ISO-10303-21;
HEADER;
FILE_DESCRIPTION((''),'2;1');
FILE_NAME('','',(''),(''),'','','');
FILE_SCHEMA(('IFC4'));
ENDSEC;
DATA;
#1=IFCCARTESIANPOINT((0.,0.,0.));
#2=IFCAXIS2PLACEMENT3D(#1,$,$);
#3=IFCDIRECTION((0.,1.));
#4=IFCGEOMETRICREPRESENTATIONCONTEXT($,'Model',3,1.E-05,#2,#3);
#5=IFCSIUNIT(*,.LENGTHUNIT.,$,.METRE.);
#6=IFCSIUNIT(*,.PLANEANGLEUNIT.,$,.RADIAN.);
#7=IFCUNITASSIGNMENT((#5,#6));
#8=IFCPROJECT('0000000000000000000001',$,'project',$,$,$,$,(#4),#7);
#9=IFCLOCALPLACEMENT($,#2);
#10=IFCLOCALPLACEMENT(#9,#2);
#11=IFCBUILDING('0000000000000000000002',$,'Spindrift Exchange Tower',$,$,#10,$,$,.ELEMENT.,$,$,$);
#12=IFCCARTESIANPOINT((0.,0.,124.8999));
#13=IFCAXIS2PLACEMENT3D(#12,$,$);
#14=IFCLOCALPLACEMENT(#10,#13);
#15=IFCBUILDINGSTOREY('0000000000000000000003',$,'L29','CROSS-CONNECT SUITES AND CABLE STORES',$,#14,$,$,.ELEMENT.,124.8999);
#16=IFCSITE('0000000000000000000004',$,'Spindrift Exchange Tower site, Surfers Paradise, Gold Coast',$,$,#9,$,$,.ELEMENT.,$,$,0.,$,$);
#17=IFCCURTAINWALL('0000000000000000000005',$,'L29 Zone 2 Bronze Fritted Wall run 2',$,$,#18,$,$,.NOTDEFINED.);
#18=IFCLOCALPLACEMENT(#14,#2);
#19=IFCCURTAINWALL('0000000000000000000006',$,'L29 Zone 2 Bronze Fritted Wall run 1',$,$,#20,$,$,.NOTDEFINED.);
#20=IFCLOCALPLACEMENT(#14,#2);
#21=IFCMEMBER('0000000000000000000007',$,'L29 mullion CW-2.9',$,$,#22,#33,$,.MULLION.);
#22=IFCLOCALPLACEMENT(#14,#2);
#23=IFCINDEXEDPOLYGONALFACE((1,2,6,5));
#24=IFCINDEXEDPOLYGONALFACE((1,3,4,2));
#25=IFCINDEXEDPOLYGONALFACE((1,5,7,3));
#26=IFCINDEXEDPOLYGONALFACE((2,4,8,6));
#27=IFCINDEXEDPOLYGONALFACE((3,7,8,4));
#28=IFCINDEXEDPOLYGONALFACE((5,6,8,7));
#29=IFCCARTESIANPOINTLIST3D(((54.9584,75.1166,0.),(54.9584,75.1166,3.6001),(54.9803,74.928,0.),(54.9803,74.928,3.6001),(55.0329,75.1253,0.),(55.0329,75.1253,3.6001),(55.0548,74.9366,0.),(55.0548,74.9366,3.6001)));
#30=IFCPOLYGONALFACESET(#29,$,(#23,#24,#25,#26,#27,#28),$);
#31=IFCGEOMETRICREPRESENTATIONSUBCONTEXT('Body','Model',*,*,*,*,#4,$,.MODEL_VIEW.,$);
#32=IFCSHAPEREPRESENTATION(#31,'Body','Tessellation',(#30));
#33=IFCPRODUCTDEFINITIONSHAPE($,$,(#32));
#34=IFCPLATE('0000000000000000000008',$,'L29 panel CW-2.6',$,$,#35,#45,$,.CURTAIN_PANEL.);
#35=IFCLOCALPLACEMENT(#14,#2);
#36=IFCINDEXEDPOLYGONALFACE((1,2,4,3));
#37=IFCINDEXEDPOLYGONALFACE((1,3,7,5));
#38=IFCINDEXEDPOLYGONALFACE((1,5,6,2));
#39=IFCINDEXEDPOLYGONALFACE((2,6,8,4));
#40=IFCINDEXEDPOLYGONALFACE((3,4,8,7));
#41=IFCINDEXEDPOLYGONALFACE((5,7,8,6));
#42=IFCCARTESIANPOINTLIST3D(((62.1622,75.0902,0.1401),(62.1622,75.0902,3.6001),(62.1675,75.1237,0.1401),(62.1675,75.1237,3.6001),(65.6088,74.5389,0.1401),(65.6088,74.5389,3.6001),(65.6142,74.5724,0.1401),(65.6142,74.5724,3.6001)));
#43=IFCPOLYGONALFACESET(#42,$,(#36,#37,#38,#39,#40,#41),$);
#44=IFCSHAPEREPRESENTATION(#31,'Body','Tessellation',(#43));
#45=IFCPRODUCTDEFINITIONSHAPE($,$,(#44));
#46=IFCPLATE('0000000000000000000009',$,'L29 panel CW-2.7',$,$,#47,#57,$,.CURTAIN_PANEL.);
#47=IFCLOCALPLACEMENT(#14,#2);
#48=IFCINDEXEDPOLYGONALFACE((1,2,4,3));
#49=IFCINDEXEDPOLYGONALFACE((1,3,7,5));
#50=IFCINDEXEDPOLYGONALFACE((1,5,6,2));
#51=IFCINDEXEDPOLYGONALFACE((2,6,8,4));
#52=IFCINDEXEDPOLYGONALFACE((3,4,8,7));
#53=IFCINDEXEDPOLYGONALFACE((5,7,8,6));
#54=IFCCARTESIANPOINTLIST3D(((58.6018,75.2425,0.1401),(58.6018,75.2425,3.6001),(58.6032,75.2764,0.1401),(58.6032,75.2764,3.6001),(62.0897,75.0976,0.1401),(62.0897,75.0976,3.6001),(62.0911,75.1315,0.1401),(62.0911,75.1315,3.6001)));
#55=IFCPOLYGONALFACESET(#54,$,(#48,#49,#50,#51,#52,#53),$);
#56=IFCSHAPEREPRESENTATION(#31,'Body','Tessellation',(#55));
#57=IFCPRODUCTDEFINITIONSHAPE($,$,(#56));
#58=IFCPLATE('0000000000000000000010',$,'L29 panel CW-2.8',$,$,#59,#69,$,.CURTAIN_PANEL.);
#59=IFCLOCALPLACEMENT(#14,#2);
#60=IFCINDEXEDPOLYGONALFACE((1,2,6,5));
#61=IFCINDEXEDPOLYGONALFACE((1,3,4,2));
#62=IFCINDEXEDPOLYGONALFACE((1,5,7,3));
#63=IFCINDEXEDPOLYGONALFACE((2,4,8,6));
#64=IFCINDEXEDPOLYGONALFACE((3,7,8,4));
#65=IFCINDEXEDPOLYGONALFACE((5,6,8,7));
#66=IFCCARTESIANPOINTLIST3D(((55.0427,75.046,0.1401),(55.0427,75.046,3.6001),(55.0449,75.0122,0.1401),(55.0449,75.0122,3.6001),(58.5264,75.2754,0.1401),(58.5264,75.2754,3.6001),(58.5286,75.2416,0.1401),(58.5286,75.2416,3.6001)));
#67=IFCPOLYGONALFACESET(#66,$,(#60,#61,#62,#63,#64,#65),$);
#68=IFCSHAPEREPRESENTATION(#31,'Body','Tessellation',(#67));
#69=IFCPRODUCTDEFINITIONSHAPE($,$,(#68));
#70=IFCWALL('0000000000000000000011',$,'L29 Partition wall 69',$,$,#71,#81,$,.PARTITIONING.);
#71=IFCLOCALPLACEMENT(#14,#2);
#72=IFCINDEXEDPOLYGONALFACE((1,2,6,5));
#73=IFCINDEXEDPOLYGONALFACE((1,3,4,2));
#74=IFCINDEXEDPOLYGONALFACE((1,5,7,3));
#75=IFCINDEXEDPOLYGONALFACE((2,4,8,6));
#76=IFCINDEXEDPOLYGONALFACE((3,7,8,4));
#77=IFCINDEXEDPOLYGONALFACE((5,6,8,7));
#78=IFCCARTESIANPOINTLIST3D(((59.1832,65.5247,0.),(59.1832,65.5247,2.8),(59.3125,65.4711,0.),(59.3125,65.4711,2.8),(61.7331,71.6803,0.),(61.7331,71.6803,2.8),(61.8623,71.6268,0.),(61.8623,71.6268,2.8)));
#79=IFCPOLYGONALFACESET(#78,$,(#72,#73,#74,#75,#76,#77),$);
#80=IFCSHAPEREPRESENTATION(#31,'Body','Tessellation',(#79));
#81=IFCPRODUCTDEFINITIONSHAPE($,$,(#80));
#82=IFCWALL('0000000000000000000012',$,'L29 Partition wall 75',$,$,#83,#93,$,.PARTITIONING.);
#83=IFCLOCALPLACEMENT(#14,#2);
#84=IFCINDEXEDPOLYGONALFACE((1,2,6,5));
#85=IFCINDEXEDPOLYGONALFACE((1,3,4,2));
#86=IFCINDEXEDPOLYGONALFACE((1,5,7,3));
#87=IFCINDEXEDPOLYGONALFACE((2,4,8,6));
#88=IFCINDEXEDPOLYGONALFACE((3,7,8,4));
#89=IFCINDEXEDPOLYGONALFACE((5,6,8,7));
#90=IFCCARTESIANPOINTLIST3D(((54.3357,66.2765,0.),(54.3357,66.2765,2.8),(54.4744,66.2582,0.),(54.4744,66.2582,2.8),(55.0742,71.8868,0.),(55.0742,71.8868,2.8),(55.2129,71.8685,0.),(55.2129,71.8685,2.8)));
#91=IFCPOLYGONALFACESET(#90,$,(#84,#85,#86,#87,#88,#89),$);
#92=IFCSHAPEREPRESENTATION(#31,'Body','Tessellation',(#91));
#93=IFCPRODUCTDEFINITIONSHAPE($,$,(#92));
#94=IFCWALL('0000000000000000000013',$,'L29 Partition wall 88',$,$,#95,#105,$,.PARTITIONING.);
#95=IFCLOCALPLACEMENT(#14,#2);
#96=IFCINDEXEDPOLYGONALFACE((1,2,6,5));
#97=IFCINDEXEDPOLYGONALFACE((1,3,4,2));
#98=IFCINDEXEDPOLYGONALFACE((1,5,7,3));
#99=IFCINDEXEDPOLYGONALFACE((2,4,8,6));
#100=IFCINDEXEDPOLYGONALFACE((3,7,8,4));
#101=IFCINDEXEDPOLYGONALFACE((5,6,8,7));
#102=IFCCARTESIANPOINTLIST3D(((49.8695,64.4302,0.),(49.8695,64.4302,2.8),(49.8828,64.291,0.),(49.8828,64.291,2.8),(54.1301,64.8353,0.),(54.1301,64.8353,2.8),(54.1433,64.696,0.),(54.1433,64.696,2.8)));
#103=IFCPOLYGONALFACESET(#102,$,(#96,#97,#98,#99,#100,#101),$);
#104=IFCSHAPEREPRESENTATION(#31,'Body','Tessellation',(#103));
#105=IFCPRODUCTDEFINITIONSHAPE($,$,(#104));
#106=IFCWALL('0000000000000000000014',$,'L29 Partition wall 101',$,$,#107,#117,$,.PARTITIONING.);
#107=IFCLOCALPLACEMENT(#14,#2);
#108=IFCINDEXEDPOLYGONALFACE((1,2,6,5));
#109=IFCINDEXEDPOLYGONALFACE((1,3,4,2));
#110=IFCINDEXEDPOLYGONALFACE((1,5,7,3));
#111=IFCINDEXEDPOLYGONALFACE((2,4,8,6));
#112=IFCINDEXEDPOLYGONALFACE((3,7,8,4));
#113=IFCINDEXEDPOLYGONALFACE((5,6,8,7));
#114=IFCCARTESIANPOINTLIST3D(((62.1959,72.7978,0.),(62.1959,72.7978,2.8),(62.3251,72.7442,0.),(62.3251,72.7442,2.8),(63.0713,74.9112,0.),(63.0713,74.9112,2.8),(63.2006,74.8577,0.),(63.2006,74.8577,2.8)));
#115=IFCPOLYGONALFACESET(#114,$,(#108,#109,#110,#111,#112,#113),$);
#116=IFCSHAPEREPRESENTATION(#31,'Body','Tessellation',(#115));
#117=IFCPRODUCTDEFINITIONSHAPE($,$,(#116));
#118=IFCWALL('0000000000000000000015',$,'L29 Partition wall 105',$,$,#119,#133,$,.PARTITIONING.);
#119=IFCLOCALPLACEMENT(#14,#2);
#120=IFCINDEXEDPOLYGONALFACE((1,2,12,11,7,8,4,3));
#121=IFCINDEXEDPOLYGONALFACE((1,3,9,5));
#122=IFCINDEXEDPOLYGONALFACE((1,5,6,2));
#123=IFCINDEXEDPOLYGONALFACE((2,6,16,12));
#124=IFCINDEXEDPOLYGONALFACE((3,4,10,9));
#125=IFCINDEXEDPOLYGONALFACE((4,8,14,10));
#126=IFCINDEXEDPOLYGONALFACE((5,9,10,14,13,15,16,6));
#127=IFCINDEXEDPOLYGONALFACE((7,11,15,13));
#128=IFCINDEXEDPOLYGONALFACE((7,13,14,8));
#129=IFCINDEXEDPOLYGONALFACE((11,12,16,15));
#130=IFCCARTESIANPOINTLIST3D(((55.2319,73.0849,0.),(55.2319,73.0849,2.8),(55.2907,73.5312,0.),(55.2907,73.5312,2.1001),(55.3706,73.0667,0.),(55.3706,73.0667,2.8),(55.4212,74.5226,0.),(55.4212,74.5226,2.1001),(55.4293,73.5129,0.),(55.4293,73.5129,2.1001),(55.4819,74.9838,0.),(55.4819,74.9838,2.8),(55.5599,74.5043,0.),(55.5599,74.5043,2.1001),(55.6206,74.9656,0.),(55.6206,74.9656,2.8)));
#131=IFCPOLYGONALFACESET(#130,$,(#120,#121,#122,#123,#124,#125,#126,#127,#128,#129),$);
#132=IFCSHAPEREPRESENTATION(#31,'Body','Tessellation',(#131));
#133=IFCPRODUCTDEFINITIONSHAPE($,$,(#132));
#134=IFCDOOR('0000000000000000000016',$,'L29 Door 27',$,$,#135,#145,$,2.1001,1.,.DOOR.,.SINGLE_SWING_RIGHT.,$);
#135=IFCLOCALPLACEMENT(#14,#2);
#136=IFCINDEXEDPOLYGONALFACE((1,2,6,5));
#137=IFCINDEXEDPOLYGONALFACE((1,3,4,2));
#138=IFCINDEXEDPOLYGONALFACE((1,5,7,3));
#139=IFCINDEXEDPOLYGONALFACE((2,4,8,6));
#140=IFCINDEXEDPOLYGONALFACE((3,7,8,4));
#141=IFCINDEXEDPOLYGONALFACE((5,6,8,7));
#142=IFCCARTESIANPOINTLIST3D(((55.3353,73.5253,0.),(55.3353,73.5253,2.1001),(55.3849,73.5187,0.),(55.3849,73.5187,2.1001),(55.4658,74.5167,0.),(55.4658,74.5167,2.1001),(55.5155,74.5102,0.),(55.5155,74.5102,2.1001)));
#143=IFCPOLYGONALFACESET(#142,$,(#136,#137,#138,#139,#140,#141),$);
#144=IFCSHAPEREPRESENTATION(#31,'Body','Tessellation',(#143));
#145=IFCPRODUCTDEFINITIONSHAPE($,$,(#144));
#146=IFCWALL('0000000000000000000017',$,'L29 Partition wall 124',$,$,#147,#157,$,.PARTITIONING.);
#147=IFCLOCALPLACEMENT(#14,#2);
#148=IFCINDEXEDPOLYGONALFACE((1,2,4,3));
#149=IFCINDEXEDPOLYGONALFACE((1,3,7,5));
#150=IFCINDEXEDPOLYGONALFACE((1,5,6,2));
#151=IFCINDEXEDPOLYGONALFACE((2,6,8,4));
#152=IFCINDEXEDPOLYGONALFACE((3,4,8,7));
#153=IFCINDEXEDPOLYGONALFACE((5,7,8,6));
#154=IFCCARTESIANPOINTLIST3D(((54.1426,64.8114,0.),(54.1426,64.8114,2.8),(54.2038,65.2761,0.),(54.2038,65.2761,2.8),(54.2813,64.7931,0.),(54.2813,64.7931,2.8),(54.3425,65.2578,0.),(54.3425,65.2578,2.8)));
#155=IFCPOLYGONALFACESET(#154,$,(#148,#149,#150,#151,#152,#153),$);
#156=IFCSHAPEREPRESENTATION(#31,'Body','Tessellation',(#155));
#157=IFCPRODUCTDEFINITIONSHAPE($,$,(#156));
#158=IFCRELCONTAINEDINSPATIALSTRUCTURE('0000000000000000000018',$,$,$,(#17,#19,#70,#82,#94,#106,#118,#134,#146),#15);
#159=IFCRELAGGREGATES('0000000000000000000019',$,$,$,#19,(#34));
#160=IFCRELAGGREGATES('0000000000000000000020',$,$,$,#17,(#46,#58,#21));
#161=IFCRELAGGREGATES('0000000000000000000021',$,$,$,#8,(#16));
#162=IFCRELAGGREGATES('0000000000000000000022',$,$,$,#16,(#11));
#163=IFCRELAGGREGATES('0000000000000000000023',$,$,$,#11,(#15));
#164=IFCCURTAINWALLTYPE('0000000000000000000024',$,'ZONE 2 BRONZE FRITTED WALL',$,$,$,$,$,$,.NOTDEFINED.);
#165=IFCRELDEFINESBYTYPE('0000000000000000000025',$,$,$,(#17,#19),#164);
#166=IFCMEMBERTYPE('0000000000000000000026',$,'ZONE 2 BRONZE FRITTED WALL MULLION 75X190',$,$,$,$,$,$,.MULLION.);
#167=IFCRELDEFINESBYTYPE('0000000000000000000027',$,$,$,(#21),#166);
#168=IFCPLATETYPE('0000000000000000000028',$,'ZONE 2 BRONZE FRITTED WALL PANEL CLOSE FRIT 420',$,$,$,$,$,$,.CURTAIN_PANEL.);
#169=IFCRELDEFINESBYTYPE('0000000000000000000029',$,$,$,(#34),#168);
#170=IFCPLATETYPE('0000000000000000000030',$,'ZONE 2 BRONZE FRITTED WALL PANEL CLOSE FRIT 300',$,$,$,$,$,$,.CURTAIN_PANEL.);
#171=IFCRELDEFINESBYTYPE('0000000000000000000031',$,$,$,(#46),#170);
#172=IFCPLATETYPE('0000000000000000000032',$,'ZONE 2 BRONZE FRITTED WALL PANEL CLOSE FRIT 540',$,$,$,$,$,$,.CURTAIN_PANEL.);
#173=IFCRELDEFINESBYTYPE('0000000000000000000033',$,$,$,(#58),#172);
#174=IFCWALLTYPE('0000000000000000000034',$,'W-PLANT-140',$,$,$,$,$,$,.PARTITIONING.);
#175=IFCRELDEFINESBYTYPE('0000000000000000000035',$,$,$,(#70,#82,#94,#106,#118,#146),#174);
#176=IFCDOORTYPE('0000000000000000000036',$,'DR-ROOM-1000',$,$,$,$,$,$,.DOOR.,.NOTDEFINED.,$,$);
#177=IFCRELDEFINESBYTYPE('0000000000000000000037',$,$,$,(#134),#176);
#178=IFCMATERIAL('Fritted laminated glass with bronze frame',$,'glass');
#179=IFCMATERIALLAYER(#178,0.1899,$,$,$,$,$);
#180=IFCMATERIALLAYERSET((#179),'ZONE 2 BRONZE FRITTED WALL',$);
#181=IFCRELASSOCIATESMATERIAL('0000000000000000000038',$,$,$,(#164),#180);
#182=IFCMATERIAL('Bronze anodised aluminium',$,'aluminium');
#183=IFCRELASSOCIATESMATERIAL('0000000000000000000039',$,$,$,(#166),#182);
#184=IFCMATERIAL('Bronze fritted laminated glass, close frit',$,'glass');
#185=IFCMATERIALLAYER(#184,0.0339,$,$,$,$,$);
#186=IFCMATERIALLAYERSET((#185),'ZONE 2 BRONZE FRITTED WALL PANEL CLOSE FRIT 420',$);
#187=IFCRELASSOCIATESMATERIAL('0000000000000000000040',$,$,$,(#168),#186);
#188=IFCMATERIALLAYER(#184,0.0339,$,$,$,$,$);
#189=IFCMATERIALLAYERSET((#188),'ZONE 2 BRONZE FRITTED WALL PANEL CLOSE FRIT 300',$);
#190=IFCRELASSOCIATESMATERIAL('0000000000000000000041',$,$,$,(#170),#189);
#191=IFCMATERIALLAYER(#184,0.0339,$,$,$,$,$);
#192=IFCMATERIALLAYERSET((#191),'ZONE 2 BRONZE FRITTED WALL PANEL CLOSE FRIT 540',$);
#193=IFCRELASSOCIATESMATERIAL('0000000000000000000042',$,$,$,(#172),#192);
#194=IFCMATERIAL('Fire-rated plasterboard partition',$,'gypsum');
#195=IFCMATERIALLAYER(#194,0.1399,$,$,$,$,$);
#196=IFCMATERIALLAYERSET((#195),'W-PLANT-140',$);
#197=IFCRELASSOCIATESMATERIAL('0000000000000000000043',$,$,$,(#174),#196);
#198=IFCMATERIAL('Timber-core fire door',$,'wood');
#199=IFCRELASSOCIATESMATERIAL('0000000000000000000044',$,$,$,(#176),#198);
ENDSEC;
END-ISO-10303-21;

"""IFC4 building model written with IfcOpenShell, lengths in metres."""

from ifc_helpers import new_model, si_unit, direction, frame, frame_2d, origin, origin_2d, place, context, subcontext, project, spatial, rectangle, extrude, source, transform, mapped, material, layer, layer_set, material_profile, profile_set, type_object, element, fill, aggregate, save


model = new_model("IFC4")

# Units and contexts
model_context = context("Model", 3, precision=1e-05, world=origin(), true_north=direction((0.0, 1.0)))
body_context = subcontext(model_context, "Body", "Model", "MODEL_VIEW")
ifc_project = project(units=[si_unit("LENGTHUNIT", "METRE"), si_unit("PLANEANGLEUNIT", "RADIAN")], contexts=[model_context])

# Site, building, storey
site_placement = place(None, origin())
site = spatial("IfcSite", under=ifc_project, at=site_placement, Name="Spindrift Exchange Tower site, Surfers Paradise, Gold Coast", CompositionType="ELEMENT", RefElevation=0.0)
building_placement = place(site_placement, origin())
building = spatial("IfcBuilding", under=site, at=building_placement, Name="Spindrift Exchange Tower", CompositionType="ELEMENT")
storey_placement = place(building_placement, frame((0.0, 0.0, 124.8999)))
storey = spatial("IfcBuildingStorey", under=building, at=storey_placement, Name="L29", Description="CROSS-CONNECT SUITES AND CABLE STORES", CompositionType="ELEMENT", Elevation=124.8999)

# Curtain walls
ifc_material_1 = material(Name="Fritted laminated glass with bronze frame", Category="glass")
ifc_layer_1 = layer(ifc_material_1, 0.1899)
ifc_layer_set_1 = layer_set([ifc_layer_1], Name="ZONE 2 BRONZE FRITTED WALL")
curtain_wall_type = type_object("IfcCurtainWallType", Name="ZONE 2 BRONZE FRITTED WALL", PredefinedType="NOTDEFINED", material=ifc_layer_set_1)
curtain_wall_1_placement = place(storey_placement, origin())
curtain_wall_1 = element("IfcCurtainWall", 1, at=curtain_wall_1_placement, inside=storey, type_object=curtain_wall_type, Name="L29 Zone 2 Bronze Fritted Wall run 2", PredefinedType="NOTDEFINED")
ifc_material_2 = material(Name="Bronze anodised aluminium", Category="aluminium")
curtain_wall_2_placement = place(storey_placement, origin())
curtain_wall_2 = element("IfcCurtainWall", 2, at=curtain_wall_2_placement, inside=storey, type_object=curtain_wall_type, Name="L29 Zone 2 Bronze Fritted Wall run 1", PredefinedType="NOTDEFINED")

# Member
ifc_material_profile_1 = material_profile(ifc_material_2, rectangle(XDim=0.075, YDim=0.1899, at=origin_2d()), Name="ZONE 2 BRONZE FRITTED WALL MULLION 75X190")
ifc_profile_set_1 = profile_set([ifc_material_profile_1], Name="Bronze anodised aluminium")
member_type_1 = type_object("IfcMemberType", Name="ZONE 2 BRONZE FRITTED WALL MULLION 75X190", PredefinedType="MULLION", material=ifc_profile_set_1)
shared_shape_1 = source(origin(), body_context, "Body", "SweptSolid", [
    extrude(rectangle(XDim=0.075, YDim=0.1899, at=origin_2d()), origin(), (0.0, 0.0, 1.0), 3.6001),
])
member_1_placement = place(storey_placement, frame((55.0066, 75.0266, 0.0), z_axis=(0.0, 0.0, 1.0), x_axis=(-0.99334, -0.11522, 0.0)))
member_1 = element("IfcMember", 3, at=member_1_placement, type_object=member_type_1, Name="L29 mullion CW-2.9", PredefinedType="MULLION", context=body_context, shape_type="MappedRepresentation", body=[
    mapped(shared_shape_1, transform((0.0, 0.0, 0.0), scale=1.0)),
])

# Plates
ifc_material_3 = material(Name="Bronze fritted laminated glass, close frit", Category="glass")
ifc_layer_2 = layer(ifc_material_3, 0.0339)
ifc_layer_set_2 = layer_set([ifc_layer_2], Name="ZONE 2 BRONZE FRITTED WALL PANEL CLOSE FRIT 420")
plate_type_1 = type_object("IfcPlateType", Name="ZONE 2 BRONZE FRITTED WALL PANEL CLOSE FRIT 420", PredefinedType="CURTAIN_PANEL", material=ifc_layer_set_2)
shared_shape_2 = source(origin(), body_context, "Body", "SweptSolid", [
    extrude(rectangle(XDim=3.4905, YDim=0.0339, at=origin_2d()), origin(), (0.0, 0.0, 1.0), 3.46),
])
plate_1_placement = place(storey_placement, frame((63.8882, 74.8313, 0.1401), z_axis=(0.0, 0.0, 1.0), x_axis=(-0.987446, 0.15796, 0.0)))
plate_1 = element("IfcPlate", 4, at=plate_1_placement, type_object=plate_type_1, Name="L29 panel CW-2.6", PredefinedType="CURTAIN_PANEL", context=body_context, shape_type="MappedRepresentation", body=[
    mapped(shared_shape_2, transform((0.0, 0.0, 0.0), scale=1.0)),
])
aggregate(curtain_wall_2, [plate_1])
ifc_layer_3 = layer(ifc_material_3, 0.0339)
ifc_layer_set_3 = layer_set([ifc_layer_3], Name="ZONE 2 BRONZE FRITTED WALL PANEL CLOSE FRIT 300")
plate_type_2 = type_object("IfcPlateType", Name="ZONE 2 BRONZE FRITTED WALL PANEL CLOSE FRIT 300", PredefinedType="CURTAIN_PANEL", material=ifc_layer_set_3)
shared_shape_3 = source(origin(), body_context, "Body", "SweptSolid", [
    extrude(rectangle(XDim=3.491, YDim=0.0339, at=origin_2d()), origin(), (0.0, 0.0, 1.0), 3.46),
])
plate_2_placement = place(storey_placement, frame((60.3464, 75.187, 0.1401), z_axis=(0.0, 0.0, 1.0), x_axis=(-0.999138, 0.041504, 0.0)))
plate_2 = element("IfcPlate", 5, at=plate_2_placement, type_object=plate_type_2, Name="L29 panel CW-2.7", PredefinedType="CURTAIN_PANEL", context=body_context, shape_type="MappedRepresentation", body=[
    mapped(shared_shape_3, transform((0.0, 0.0, 0.0), scale=1.0)),
])
ifc_layer_4 = layer(ifc_material_3, 0.0339)
ifc_layer_set_4 = layer_set([ifc_layer_4], Name="ZONE 2 BRONZE FRITTED WALL PANEL CLOSE FRIT 540")
plate_type_3 = type_object("IfcPlateType", Name="ZONE 2 BRONZE FRITTED WALL PANEL CLOSE FRIT 540", PredefinedType="CURTAIN_PANEL", material=ifc_layer_set_4)
shared_shape_4 = source(origin(), body_context, "Body", "SweptSolid", [
    extrude(rectangle(XDim=3.4912, YDim=0.0339, at=origin_2d()), origin(), (0.0, 0.0, 1.0), 3.46),
])
plate_3_placement = place(storey_placement, frame((56.7856, 75.1438, 0.1401), z_axis=(0.0, 0.0, 1.0), x_axis=(-0.997839, -0.065703, 0.0)))
plate_3 = element("IfcPlate", 6, at=plate_3_placement, type_object=plate_type_3, Name="L29 panel CW-2.8", PredefinedType="CURTAIN_PANEL", context=body_context, shape_type="MappedRepresentation", body=[
    mapped(shared_shape_4, transform((0.0, 0.0, 0.0), scale=1.0)),
])
aggregate(curtain_wall_1, [plate_2, plate_3, member_1])

# Walls
ifc_material_4 = material(Name="Fire-rated plasterboard partition", Category="gypsum")
ifc_layer_5 = layer(ifc_material_4, 0.1399)
ifc_layer_set_5 = layer_set([ifc_layer_5], Name="W-PLANT-140")
wall_type = type_object("IfcWallType", Name="W-PLANT-140", PredefinedType="PARTITIONING", material=ifc_layer_set_5)
wall_1_placement = place(storey_placement, frame((59.2478, 65.4978, 0.0), z_axis=(0.0, 0.0, 1.0), x_axis=(0.382697, 0.923874, 0.0)))
element("IfcWall", 7, at=wall_1_placement, inside=storey, type_object=wall_type, Name="L29 Partition wall 69", PredefinedType="PARTITIONING", context=body_context, shape_type="SweptSolid", body=[
    extrude(rectangle(XDim=6.6628, YDim=0.1399, at=frame_2d((3.3315, 0.0))), origin(), (0.0, 0.0, 1.0), 2.8),
])
wall_2_placement = place(storey_placement, frame((54.405, 66.2673, 0.0), z_axis=(0.0, 0.0, 1.0), x_axis=(0.13051, 0.991447, 0.0)))
element("IfcWall", 8, at=wall_2_placement, inside=storey, type_object=wall_type, Name="L29 Partition wall 75", PredefinedType="PARTITIONING", context=body_context, shape_type="SweptSolid", body=[
    extrude(rectangle(XDim=5.6587, YDim=0.1399, at=frame_2d((2.8293, 0.0))), origin(), (0.0, 0.0, 1.0), 2.8),
])
wall_3_placement = place(storey_placement, frame((54.1367, 64.7656, 0.0), z_axis=(0.0, 0.0, 1.0), x_axis=(-0.995512, -0.094639, 0.0)))
element("IfcWall", 9, at=wall_3_placement, inside=storey, type_object=wall_type, Name="L29 Partition wall 88", PredefinedType="PARTITIONING", context=body_context, shape_type="SweptSolid", body=[
    extrude(rectangle(XDim=4.2798, YDim=0.1399, at=frame_2d((2.1399, 0.0))), origin(), (0.0, 0.0, 1.0), 2.8),
])
wall_4_placement = place(storey_placement, frame((62.2605, 72.771, 0.0), z_axis=(0.0, 0.0, 1.0), x_axis=(0.382697, 0.923874, 0.0)))
element("IfcWall", 10, at=wall_4_placement, inside=storey, type_object=wall_type, Name="L29 Partition wall 101", PredefinedType="PARTITIONING", context=body_context, shape_type="SweptSolid", body=[
    extrude(rectangle(XDim=2.2876, YDim=0.1399, at=frame_2d((1.1438, 0.0))), origin(), (0.0, 0.0, 1.0), 2.8),
])

# Wall, opening, door
wall_5_placement = place(storey_placement, frame((55.3013, 73.0759, 0.0), z_axis=(0.0, 0.0, 1.0), x_axis=(0.130527, 0.991445, 0.0)))
wall_5 = element("IfcWall", 11, at=wall_5_placement, inside=storey, type_object=wall_type, Name="L29 Partition wall 105", PredefinedType="PARTITIONING", context=body_context, shape_type="SweptSolid", body=[
    extrude(rectangle(XDim=1.9153, YDim=0.1399, at=frame_2d((0.9575, 0.0))), origin(), (0.0, 0.0, 1.0), 2.8),
])
opening_placement = place(wall_5_placement, frame((0.45, 0.0, 0.0)))
opening = element("IfcOpeningElement", 12, at=opening_placement, cuts=wall_5, PredefinedType="OPENING", context=body_context, shape_type="SweptSolid", body=[
    extrude(rectangle(XDim=1.0, YDim=2.1001, at=frame_2d((0.5, 1.05))), frame((0.0, 0.0798, 0.0), z_axis=(0.0, -1.0, 0.0), x_axis=(1.0, 0.0, 0.0)), (0.0, 0.0, 1.0), 0.1599),
])
ifc_material_5 = material(Name="Timber-core fire door", Category="wood")
door_type = type_object("IfcDoorType", Name="DR-ROOM-1000", OperationType="NOTDEFINED", PredefinedType="DOOR", material=ifc_material_5)
shared_shape_5 = source(origin(), body_context, "Body", "SweptSolid", [
    extrude(rectangle(XDim=1.0, YDim=2.1001, at=frame_2d((0.5, 1.05))), frame((0.0, 0.0249, 0.0), z_axis=(0.0, -1.0, 0.0), x_axis=(1.0, 0.0, 0.0)), (0.0, 0.0, 1.0), 0.05),
])
door_placement = place(opening_placement, origin())
door = element("IfcDoor", 13, at=door_placement, inside=storey, type_object=door_type, Name="L29 Door 27", OperationType="SINGLE_SWING_RIGHT", OverallHeight=2.1001, OverallWidth=1.0, PredefinedType="DOOR", context=body_context, shape_type="MappedRepresentation", body=[
    mapped(shared_shape_5, transform((0.0, 0.0, 0.0), scale=1.0)),
])
fill(opening, door)

# Wall
wall_6_placement = place(storey_placement, frame((54.2119, 64.8022, 0.0), z_axis=(0.0, 0.0, 1.0), x_axis=(0.130697, 0.991422, 0.0)))
element("IfcWall", 14, at=wall_6_placement, inside=storey, type_object=wall_type, Name="L29 Partition wall 124", PredefinedType="PARTITIONING", context=body_context, shape_type="SweptSolid", body=[
    extrude(rectangle(XDim=0.4688, YDim=0.1399, at=frame_2d((0.2344, 0.0))), origin(), (0.0, 0.0, 1.0), 2.8),
])

save(model, "model.ifc")
